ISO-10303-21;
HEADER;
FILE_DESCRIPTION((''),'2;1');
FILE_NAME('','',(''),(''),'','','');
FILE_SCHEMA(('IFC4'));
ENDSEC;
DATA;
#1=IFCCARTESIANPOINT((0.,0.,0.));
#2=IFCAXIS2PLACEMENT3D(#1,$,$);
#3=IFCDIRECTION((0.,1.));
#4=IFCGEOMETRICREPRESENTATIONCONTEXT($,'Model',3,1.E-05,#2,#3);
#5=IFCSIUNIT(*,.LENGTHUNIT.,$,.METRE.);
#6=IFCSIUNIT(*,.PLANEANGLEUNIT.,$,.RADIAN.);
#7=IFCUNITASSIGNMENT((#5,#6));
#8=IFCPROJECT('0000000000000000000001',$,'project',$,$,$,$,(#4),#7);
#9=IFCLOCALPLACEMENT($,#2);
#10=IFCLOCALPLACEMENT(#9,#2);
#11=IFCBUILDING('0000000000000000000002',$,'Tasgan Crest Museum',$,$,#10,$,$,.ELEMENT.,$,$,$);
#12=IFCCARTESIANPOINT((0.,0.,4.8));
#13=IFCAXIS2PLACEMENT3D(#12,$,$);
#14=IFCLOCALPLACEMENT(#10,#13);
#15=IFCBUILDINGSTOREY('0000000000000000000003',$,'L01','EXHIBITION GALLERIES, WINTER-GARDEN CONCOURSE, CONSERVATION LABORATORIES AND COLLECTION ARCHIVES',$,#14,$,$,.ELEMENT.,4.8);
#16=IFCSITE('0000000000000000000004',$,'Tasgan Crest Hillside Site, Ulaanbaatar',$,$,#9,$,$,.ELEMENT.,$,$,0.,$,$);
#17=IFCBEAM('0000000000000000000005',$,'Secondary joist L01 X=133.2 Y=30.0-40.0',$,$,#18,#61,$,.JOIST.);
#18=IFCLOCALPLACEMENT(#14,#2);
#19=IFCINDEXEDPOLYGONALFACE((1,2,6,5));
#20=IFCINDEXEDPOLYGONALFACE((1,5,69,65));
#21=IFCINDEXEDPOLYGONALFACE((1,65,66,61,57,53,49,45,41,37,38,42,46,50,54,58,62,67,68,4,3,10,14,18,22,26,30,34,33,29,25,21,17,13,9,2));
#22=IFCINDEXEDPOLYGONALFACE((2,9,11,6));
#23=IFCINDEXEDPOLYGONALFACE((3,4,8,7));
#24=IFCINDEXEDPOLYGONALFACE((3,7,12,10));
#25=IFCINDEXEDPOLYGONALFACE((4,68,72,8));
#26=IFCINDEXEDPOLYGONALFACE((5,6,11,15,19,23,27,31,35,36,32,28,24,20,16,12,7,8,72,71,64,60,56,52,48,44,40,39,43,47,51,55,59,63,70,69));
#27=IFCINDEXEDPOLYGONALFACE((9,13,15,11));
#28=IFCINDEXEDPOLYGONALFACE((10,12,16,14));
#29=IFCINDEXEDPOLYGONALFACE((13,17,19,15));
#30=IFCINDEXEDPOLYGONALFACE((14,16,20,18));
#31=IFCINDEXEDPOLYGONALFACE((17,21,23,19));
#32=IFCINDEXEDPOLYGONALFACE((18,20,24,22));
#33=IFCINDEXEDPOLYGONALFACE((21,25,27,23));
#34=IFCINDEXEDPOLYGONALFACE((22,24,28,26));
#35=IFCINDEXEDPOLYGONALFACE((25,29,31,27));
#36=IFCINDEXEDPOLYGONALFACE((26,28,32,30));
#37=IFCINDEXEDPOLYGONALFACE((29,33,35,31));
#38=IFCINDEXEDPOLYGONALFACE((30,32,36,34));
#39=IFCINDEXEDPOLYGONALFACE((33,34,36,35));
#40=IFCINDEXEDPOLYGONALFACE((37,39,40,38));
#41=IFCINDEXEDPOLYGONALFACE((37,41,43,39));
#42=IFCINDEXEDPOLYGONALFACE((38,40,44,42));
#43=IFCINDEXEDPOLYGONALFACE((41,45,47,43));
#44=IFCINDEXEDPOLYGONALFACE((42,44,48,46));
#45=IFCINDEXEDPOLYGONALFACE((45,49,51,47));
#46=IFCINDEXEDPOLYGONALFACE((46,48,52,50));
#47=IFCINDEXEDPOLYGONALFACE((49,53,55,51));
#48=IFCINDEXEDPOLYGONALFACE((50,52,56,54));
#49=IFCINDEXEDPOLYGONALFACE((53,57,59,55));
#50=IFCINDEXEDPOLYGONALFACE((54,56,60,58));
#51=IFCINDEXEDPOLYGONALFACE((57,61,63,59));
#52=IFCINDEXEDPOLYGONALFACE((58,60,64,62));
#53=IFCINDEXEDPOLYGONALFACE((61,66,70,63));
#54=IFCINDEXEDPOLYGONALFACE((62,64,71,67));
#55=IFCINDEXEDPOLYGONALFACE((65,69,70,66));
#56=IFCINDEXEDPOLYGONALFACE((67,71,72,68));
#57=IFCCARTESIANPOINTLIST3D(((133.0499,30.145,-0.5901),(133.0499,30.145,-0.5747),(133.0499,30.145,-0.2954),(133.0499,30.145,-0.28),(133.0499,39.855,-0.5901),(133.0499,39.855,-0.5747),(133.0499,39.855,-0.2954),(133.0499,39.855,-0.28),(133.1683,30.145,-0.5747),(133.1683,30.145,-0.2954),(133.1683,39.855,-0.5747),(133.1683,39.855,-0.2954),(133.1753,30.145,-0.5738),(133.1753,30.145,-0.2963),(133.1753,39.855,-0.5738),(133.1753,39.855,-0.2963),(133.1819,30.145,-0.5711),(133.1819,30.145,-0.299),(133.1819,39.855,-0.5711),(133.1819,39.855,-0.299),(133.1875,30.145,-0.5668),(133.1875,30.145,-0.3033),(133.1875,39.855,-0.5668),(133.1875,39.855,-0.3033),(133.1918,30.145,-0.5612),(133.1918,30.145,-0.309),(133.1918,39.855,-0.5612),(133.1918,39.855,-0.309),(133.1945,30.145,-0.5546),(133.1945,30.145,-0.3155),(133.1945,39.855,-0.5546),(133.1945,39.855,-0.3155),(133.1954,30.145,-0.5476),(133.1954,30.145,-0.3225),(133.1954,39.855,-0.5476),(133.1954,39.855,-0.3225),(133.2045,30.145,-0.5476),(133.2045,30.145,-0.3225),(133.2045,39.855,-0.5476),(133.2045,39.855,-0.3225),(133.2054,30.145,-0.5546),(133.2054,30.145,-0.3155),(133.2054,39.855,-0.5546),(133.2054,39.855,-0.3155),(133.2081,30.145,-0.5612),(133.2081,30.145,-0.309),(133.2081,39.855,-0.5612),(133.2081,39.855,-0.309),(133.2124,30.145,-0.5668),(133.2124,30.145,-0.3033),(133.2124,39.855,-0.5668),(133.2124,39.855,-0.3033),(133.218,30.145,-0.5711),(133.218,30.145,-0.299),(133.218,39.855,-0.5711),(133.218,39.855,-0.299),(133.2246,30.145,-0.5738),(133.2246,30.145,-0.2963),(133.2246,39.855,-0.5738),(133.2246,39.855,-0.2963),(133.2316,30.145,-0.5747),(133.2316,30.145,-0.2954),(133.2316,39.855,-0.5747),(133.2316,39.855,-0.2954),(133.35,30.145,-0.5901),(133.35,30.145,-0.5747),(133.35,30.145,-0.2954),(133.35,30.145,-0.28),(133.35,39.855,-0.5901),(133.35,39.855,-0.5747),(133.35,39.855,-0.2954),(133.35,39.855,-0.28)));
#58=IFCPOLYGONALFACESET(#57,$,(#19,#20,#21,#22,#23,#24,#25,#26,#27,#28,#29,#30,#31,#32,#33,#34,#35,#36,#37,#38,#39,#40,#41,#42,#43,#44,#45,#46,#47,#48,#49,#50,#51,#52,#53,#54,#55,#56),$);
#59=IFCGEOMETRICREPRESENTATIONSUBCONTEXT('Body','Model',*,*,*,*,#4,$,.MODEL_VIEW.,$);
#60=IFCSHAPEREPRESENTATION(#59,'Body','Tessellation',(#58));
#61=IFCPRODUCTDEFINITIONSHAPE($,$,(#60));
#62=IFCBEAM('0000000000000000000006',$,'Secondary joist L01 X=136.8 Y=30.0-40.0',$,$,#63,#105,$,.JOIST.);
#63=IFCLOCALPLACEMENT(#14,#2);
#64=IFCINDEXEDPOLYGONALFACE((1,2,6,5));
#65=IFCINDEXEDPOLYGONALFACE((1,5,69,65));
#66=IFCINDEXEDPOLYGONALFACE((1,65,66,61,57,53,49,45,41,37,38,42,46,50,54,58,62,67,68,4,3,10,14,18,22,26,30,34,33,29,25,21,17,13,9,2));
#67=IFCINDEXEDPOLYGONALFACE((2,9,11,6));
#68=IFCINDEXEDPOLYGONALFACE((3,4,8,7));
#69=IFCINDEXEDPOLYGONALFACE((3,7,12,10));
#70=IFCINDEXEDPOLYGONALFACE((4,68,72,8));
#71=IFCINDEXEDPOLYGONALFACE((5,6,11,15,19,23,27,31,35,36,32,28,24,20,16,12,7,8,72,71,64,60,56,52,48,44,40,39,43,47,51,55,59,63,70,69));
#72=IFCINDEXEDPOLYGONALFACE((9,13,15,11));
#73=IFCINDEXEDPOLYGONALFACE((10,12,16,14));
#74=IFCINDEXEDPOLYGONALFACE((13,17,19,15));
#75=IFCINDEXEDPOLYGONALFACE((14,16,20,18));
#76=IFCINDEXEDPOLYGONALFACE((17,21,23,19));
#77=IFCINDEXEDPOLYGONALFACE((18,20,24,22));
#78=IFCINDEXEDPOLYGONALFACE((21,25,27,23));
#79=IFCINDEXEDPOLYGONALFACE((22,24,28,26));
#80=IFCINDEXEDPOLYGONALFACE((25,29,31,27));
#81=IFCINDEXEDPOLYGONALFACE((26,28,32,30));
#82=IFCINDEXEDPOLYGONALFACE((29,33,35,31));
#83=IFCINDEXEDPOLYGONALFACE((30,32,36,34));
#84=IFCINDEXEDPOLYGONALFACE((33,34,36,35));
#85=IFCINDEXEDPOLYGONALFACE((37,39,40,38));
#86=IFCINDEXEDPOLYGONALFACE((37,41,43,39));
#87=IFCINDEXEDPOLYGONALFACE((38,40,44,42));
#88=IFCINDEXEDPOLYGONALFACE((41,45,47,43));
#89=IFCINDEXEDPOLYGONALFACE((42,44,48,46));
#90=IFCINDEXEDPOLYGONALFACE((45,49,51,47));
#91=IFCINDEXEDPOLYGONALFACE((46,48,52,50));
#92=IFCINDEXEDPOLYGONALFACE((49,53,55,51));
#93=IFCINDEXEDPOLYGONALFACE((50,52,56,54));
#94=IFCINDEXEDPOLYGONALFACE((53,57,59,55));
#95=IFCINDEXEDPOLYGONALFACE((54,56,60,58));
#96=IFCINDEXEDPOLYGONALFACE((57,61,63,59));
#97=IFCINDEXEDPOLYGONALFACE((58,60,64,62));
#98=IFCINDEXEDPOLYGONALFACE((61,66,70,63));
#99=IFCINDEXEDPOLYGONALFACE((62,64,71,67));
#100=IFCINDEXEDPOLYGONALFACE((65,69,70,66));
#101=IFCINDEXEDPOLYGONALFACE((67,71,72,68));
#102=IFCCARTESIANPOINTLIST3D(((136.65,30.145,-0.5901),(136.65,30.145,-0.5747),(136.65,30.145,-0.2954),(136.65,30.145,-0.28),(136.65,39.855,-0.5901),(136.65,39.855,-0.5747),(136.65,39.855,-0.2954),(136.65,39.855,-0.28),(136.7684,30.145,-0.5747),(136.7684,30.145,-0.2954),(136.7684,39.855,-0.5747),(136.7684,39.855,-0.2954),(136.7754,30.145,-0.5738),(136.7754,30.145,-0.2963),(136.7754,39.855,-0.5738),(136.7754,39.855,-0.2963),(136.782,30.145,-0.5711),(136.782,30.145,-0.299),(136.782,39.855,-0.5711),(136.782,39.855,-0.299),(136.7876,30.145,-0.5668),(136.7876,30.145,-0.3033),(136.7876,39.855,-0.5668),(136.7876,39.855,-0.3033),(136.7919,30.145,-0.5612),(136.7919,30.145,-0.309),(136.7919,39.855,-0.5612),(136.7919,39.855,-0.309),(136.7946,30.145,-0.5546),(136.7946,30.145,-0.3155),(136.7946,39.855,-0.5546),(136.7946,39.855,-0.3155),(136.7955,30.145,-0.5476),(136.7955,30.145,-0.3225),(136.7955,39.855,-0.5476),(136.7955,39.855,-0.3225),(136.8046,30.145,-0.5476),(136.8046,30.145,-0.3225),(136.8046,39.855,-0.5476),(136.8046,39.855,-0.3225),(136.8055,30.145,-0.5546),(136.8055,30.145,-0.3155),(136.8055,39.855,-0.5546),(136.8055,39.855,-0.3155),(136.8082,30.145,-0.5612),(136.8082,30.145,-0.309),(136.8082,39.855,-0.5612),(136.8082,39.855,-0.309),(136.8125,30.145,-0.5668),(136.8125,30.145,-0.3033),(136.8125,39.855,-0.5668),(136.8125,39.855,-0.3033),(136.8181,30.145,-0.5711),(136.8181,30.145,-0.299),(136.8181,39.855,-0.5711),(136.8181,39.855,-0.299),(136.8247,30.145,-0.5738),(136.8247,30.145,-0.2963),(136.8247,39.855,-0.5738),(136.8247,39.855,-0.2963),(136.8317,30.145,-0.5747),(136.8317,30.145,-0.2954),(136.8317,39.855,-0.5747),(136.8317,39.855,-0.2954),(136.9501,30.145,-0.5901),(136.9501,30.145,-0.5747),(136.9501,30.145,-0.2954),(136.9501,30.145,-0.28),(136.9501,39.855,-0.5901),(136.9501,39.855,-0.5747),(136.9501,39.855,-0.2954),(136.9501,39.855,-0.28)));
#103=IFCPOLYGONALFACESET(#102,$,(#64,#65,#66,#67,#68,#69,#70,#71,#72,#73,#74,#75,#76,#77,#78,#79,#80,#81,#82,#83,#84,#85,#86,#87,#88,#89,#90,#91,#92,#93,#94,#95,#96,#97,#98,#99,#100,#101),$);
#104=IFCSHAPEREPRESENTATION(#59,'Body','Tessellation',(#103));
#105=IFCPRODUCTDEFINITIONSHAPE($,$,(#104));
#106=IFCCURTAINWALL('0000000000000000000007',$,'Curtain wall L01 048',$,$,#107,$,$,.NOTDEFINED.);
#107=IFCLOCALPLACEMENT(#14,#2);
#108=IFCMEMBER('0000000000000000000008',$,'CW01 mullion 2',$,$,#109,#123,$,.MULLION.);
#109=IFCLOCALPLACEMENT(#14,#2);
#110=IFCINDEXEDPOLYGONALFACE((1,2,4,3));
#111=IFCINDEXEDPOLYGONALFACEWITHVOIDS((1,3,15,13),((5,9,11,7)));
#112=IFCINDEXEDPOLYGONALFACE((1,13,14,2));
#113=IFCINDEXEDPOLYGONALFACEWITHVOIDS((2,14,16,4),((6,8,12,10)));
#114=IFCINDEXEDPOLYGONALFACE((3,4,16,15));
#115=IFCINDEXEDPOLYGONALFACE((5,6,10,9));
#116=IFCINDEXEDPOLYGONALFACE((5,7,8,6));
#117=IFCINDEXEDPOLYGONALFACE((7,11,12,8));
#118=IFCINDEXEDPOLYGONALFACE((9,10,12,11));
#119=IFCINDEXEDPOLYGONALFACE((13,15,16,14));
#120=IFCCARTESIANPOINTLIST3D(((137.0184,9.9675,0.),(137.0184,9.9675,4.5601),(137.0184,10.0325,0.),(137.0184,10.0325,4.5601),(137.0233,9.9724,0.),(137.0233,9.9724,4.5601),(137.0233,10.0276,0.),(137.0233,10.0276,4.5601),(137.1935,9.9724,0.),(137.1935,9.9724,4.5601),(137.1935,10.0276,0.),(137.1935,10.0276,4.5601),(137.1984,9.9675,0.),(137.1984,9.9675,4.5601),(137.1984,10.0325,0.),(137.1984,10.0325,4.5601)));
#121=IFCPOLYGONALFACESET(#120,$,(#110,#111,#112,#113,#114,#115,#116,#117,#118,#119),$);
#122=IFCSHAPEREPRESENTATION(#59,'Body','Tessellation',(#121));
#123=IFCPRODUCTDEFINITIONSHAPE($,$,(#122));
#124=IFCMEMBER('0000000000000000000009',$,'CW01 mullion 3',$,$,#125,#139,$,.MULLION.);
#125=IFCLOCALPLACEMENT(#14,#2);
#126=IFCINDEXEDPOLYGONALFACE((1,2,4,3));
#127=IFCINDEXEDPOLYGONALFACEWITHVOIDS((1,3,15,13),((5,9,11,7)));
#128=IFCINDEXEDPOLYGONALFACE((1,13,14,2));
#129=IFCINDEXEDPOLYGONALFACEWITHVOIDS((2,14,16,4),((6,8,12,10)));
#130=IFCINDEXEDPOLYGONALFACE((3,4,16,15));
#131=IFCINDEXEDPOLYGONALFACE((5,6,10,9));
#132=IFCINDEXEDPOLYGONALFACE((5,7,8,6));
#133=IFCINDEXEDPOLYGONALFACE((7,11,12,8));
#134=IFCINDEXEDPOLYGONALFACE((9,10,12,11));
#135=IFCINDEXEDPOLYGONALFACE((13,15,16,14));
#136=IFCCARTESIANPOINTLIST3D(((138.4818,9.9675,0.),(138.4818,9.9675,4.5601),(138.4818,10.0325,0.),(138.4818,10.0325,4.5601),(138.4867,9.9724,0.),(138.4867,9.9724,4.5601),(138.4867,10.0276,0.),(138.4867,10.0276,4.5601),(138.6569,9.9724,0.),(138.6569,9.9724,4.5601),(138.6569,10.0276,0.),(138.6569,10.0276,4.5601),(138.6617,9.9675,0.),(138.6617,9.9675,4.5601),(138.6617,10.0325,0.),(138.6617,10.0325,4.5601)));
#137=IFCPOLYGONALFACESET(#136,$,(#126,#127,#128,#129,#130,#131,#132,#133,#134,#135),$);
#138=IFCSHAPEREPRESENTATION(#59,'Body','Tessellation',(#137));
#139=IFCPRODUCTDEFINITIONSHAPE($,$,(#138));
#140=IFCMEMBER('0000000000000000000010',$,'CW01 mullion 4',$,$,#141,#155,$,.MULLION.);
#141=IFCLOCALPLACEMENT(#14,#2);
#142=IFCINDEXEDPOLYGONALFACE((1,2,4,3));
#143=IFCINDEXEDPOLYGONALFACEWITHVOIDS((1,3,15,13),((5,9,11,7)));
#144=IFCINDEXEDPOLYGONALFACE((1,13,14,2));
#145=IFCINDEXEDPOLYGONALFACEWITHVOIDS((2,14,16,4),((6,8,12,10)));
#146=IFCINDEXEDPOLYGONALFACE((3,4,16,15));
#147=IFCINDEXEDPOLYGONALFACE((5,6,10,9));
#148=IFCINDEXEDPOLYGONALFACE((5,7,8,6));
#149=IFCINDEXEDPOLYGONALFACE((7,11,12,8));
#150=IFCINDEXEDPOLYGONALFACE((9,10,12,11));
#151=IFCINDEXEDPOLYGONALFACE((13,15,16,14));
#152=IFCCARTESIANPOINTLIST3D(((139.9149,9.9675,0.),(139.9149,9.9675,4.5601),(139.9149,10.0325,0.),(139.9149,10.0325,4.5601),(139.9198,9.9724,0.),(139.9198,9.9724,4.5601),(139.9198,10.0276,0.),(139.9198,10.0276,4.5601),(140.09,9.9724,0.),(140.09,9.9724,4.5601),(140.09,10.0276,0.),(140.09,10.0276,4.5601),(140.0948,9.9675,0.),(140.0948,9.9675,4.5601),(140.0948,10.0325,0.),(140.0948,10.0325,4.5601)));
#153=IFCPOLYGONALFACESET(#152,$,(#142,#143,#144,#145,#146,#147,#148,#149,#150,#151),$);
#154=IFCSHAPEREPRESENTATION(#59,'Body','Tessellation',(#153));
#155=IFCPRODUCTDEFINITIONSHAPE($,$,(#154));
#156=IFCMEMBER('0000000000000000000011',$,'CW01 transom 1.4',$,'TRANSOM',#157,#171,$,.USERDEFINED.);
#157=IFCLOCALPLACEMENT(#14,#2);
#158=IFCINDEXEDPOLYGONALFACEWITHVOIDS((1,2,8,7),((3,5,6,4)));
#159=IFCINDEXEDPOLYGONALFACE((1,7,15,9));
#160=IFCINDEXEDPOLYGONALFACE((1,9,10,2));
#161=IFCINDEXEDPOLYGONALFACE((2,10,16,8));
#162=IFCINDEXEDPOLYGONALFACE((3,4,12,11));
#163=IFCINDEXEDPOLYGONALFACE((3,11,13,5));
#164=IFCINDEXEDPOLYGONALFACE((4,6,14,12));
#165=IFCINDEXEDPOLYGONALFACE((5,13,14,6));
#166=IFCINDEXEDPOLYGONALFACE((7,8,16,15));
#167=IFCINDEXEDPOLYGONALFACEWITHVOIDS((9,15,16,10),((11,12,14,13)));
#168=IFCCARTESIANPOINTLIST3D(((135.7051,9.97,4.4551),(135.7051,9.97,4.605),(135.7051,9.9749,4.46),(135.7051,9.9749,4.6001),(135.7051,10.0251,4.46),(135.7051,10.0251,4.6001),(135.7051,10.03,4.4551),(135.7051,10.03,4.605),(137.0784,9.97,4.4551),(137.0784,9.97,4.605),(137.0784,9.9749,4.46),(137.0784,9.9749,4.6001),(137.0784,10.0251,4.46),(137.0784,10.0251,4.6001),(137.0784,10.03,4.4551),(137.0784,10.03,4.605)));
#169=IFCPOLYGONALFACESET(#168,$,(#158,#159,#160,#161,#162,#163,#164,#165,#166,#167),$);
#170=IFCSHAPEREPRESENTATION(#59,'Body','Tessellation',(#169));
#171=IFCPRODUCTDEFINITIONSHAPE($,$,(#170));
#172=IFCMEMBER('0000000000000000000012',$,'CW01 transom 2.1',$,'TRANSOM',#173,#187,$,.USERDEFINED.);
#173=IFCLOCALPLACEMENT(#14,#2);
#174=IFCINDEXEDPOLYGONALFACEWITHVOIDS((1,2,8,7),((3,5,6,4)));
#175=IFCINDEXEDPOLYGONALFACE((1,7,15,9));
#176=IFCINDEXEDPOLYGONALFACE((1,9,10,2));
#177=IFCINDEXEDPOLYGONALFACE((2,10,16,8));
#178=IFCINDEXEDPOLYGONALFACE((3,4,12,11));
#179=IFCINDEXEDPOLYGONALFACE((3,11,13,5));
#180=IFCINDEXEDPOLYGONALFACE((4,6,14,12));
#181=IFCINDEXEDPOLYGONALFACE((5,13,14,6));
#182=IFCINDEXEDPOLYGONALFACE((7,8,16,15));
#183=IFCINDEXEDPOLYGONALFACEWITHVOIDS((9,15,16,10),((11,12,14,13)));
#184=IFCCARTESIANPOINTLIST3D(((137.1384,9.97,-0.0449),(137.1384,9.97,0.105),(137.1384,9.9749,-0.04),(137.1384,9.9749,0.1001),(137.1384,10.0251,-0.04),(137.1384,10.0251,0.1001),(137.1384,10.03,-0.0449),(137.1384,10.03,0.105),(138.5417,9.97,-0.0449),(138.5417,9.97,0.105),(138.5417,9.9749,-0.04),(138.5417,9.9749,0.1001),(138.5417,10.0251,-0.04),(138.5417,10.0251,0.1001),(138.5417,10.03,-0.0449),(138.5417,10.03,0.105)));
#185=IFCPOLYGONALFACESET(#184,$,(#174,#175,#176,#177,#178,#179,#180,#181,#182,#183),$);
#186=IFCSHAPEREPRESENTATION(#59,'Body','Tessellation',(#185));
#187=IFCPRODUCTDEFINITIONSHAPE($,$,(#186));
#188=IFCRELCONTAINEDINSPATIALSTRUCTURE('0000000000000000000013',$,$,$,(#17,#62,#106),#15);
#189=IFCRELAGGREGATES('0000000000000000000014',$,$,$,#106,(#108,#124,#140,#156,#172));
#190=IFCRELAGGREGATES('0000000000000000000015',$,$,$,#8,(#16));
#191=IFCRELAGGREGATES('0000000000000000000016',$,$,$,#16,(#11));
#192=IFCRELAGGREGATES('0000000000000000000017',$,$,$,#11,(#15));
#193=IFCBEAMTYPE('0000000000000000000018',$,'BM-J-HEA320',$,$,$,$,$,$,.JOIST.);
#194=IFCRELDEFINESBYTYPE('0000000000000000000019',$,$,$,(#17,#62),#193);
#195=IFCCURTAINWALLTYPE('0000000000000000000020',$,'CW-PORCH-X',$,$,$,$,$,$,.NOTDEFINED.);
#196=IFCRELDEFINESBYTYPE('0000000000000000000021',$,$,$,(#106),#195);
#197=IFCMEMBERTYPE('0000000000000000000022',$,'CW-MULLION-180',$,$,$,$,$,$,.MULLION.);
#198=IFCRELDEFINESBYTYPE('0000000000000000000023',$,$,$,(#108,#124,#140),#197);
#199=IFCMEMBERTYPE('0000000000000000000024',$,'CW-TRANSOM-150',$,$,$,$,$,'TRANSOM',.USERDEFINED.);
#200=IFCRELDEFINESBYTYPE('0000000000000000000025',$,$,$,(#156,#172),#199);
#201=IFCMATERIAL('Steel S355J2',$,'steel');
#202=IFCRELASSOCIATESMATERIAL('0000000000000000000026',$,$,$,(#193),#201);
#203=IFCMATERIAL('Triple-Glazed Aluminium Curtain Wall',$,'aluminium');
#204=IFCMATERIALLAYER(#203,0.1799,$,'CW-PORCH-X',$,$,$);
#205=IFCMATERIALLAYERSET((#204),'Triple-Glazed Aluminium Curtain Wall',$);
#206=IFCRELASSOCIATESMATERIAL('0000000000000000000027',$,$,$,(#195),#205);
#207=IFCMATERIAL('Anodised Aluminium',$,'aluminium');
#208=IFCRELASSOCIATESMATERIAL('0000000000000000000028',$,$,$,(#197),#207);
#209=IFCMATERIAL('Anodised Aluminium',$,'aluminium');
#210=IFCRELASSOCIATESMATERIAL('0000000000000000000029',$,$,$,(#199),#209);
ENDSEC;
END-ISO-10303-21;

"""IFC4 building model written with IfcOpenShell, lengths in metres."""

from ifc_helpers import new_model, si_unit, direction, frame, origin, origin_2d, place, context, subcontext, project, spatial, hollow_rectangle, i_section, extrude, material, layer, layer_set, material_profile, profile_set, type_object, element, aggregate, save


model = new_model("IFC4")

# Units and contexts
model_context = context("Model", 3, precision=1e-05, world=origin(), true_north=direction((0.0, 1.0)))
body_context = subcontext(model_context, "Body", "Model", "MODEL_VIEW")
ifc_project = project(units=[si_unit("LENGTHUNIT", "METRE"), si_unit("PLANEANGLEUNIT", "RADIAN")], contexts=[model_context])

# Site, building, storey
site_placement = place(None, origin())
site = spatial("IfcSite", under=ifc_project, at=site_placement, Name="Tasgan Crest Hillside Site, Ulaanbaatar", CompositionType="ELEMENT", RefElevation=0.0)
building_placement = place(site_placement, origin())
building = spatial("IfcBuilding", under=site, at=building_placement, Name="Tasgan Crest Museum", CompositionType="ELEMENT")
storey_placement = place(building_placement, frame((0.0, 0.0, 4.8)))
storey = spatial("IfcBuildingStorey", under=building, at=storey_placement, Name="L01", Description="EXHIBITION GALLERIES, WINTER-GARDEN CONCOURSE, CONSERVATION LABORATORIES AND COLLECTION ARCHIVES", CompositionType="ELEMENT", Elevation=4.8)

# Beams
ifc_material_1 = material(Name="Steel S355J2", Category="steel")
ifc_material_profile_1 = material_profile(ifc_material_1, i_section(OverallWidth=0.3, OverallDepth=0.3101, WebThickness=0.009, FlangeThickness=0.0154, FilletRadius=0.0271, at=origin_2d()), Name="HEA 320")
ifc_profile_set_1 = profile_set([ifc_material_profile_1], Name="Steel S355J2")
beam_type_1 = type_object("IfcBeamType", Name="BM-J-HEA320", PredefinedType="JOIST", material=ifc_profile_set_1)
for number, where, z_axis, x_axis, name in (
    (1, (133.2, 30.145, -0.4351), (0.0, 1.0, 0.0), (-1.0, 0.0, 0.0), "Secondary joist L01 X=133.2 Y=30.0-40.0"),
    (2, (136.8, 30.145, -0.4351), (0.0, 1.0, 0.0), (-1.0, 0.0, 0.0), "Secondary joist L01 X=136.8 Y=30.0-40.0"),
):
    element("IfcBeam", number, at=place(storey_placement, frame(where, z_axis=z_axis, x_axis=x_axis)), inside=storey, type_object=beam_type_1, Name=name, PredefinedType="JOIST", context=body_context, shape_type="SweptSolid", body=[
        extrude(i_section(OverallWidth=0.3, OverallDepth=0.3101, WebThickness=0.009, FlangeThickness=0.0154, FilletRadius=0.0271, at=origin_2d()), origin(), (0.0, 0.0, 1.0), 9.71),
    ])

# Curtain wall, members
ifc_material_2 = material(Name="Triple-Glazed Aluminium Curtain Wall", Category="aluminium")
ifc_layer_1 = layer(ifc_material_2, 0.1799, Name="CW-PORCH-X")
ifc_layer_set_1 = layer_set([ifc_layer_1], Name="Triple-Glazed Aluminium Curtain Wall")
curtain_wall_type = type_object("IfcCurtainWallType", Name="CW-PORCH-X", PredefinedType="NOTDEFINED", material=ifc_layer_set_1)
curtain_wall_placement = place(storey_placement, origin())
curtain_wall = element("IfcCurtainWall", 3, at=curtain_wall_placement, inside=storey, type_object=curtain_wall_type, Name="Curtain wall L01 048", PredefinedType="NOTDEFINED")
ifc_material_3 = material(Name="Anodised Aluminium", Category="aluminium")
ifc_material_profile_2 = material_profile(ifc_material_3, hollow_rectangle(XDim=0.0649, YDim=0.1799, WallThickness=0.0049, at=origin_2d()), Name="ALU MULLION 180x65x5")
ifc_profile_set_2 = profile_set([ifc_material_profile_2], Name="Anodised Aluminium")
member_type_1 = type_object("IfcMemberType", Name="CW-MULLION-180", PredefinedType="MULLION", material=ifc_profile_set_2)
member_1_placement = place(storey_placement, frame((137.1084, 10.0, 0.0), z_axis=(0.0, 0.0, 1.0), x_axis=(0.0, 1.0, 0.0)))
member_1 = element("IfcMember", 4, at=member_1_placement, type_object=member_type_1, Name="CW01 mullion 2", PredefinedType="MULLION", context=body_context, shape_type="SweptSolid", body=[
    extrude(hollow_rectangle(XDim=0.0649, YDim=0.1799, WallThickness=0.0049, at=origin_2d()), origin(), (0.0, 0.0, 1.0), 4.5601),
])
member_2_placement = place(storey_placement, frame((138.5718, 10.0, 0.0), z_axis=(0.0, 0.0, 1.0), x_axis=(0.0, 1.0, 0.0)))
member_2 = element("IfcMember", 5, at=member_2_placement, type_object=member_type_1, Name="CW01 mullion 3", PredefinedType="MULLION", context=body_context, shape_type="SweptSolid", body=[
    extrude(hollow_rectangle(XDim=0.0649, YDim=0.1799, WallThickness=0.0049, at=origin_2d()), origin(), (0.0, 0.0, 1.0), 4.5601),
])
member_3_placement = place(storey_placement, frame((140.0049, 10.0, 0.0), z_axis=(0.0, 0.0, 1.0), x_axis=(0.0, 1.0, 0.0)))
member_3 = element("IfcMember", 6, at=member_3_placement, type_object=member_type_1, Name="CW01 mullion 4", PredefinedType="MULLION", context=body_context, shape_type="SweptSolid", body=[
    extrude(hollow_rectangle(XDim=0.0649, YDim=0.1799, WallThickness=0.0049, at=origin_2d()), origin(), (0.0, 0.0, 1.0), 4.5601),
])
ifc_material_4 = material(Name="Anodised Aluminium", Category="aluminium")
ifc_material_profile_3 = material_profile(ifc_material_4, hollow_rectangle(XDim=0.0601, YDim=0.1499, WallThickness=0.0049, at=origin_2d()), Name="ALU TRANSOM 150x60x5")
ifc_profile_set_3 = profile_set([ifc_material_profile_3], Name="Anodised Aluminium")
member_type_2 = type_object("IfcMemberType", Name="CW-TRANSOM-150", ElementType="TRANSOM", PredefinedType="USERDEFINED", material=ifc_profile_set_3)
member_4_placement = place(storey_placement, frame((135.7051, 10.0, 4.53), z_axis=(1.0, 0.0, 0.0), x_axis=(0.0, 1.0, 0.0)))
member_4 = element("IfcMember", 7, at=member_4_placement, type_object=member_type_2, Name="CW01 transom 1.4", ObjectType="TRANSOM", PredefinedType="USERDEFINED", context=body_context, shape_type="SweptSolid", body=[
    extrude(hollow_rectangle(XDim=0.0601, YDim=0.1499, WallThickness=0.0049, at=origin_2d()), origin(), (0.0, 0.0, 1.0), 1.3733),
])
member_5_placement = place(storey_placement, frame((137.1384, 10.0, 0.03), z_axis=(1.0, 0.0, 0.0), x_axis=(0.0, 1.0, 0.0)))
member_5 = element("IfcMember", 8, at=member_5_placement, type_object=member_type_2, Name="CW01 transom 2.1", ObjectType="TRANSOM", PredefinedType="USERDEFINED", context=body_context, shape_type="SweptSolid", body=[
    extrude(hollow_rectangle(XDim=0.0601, YDim=0.1499, WallThickness=0.0049, at=origin_2d()), origin(), (0.0, 0.0, 1.0), 1.4033),
])
aggregate(curtain_wall, [member_1, member_2, member_3, member_4, member_5])

save(model, "model.ifc")
